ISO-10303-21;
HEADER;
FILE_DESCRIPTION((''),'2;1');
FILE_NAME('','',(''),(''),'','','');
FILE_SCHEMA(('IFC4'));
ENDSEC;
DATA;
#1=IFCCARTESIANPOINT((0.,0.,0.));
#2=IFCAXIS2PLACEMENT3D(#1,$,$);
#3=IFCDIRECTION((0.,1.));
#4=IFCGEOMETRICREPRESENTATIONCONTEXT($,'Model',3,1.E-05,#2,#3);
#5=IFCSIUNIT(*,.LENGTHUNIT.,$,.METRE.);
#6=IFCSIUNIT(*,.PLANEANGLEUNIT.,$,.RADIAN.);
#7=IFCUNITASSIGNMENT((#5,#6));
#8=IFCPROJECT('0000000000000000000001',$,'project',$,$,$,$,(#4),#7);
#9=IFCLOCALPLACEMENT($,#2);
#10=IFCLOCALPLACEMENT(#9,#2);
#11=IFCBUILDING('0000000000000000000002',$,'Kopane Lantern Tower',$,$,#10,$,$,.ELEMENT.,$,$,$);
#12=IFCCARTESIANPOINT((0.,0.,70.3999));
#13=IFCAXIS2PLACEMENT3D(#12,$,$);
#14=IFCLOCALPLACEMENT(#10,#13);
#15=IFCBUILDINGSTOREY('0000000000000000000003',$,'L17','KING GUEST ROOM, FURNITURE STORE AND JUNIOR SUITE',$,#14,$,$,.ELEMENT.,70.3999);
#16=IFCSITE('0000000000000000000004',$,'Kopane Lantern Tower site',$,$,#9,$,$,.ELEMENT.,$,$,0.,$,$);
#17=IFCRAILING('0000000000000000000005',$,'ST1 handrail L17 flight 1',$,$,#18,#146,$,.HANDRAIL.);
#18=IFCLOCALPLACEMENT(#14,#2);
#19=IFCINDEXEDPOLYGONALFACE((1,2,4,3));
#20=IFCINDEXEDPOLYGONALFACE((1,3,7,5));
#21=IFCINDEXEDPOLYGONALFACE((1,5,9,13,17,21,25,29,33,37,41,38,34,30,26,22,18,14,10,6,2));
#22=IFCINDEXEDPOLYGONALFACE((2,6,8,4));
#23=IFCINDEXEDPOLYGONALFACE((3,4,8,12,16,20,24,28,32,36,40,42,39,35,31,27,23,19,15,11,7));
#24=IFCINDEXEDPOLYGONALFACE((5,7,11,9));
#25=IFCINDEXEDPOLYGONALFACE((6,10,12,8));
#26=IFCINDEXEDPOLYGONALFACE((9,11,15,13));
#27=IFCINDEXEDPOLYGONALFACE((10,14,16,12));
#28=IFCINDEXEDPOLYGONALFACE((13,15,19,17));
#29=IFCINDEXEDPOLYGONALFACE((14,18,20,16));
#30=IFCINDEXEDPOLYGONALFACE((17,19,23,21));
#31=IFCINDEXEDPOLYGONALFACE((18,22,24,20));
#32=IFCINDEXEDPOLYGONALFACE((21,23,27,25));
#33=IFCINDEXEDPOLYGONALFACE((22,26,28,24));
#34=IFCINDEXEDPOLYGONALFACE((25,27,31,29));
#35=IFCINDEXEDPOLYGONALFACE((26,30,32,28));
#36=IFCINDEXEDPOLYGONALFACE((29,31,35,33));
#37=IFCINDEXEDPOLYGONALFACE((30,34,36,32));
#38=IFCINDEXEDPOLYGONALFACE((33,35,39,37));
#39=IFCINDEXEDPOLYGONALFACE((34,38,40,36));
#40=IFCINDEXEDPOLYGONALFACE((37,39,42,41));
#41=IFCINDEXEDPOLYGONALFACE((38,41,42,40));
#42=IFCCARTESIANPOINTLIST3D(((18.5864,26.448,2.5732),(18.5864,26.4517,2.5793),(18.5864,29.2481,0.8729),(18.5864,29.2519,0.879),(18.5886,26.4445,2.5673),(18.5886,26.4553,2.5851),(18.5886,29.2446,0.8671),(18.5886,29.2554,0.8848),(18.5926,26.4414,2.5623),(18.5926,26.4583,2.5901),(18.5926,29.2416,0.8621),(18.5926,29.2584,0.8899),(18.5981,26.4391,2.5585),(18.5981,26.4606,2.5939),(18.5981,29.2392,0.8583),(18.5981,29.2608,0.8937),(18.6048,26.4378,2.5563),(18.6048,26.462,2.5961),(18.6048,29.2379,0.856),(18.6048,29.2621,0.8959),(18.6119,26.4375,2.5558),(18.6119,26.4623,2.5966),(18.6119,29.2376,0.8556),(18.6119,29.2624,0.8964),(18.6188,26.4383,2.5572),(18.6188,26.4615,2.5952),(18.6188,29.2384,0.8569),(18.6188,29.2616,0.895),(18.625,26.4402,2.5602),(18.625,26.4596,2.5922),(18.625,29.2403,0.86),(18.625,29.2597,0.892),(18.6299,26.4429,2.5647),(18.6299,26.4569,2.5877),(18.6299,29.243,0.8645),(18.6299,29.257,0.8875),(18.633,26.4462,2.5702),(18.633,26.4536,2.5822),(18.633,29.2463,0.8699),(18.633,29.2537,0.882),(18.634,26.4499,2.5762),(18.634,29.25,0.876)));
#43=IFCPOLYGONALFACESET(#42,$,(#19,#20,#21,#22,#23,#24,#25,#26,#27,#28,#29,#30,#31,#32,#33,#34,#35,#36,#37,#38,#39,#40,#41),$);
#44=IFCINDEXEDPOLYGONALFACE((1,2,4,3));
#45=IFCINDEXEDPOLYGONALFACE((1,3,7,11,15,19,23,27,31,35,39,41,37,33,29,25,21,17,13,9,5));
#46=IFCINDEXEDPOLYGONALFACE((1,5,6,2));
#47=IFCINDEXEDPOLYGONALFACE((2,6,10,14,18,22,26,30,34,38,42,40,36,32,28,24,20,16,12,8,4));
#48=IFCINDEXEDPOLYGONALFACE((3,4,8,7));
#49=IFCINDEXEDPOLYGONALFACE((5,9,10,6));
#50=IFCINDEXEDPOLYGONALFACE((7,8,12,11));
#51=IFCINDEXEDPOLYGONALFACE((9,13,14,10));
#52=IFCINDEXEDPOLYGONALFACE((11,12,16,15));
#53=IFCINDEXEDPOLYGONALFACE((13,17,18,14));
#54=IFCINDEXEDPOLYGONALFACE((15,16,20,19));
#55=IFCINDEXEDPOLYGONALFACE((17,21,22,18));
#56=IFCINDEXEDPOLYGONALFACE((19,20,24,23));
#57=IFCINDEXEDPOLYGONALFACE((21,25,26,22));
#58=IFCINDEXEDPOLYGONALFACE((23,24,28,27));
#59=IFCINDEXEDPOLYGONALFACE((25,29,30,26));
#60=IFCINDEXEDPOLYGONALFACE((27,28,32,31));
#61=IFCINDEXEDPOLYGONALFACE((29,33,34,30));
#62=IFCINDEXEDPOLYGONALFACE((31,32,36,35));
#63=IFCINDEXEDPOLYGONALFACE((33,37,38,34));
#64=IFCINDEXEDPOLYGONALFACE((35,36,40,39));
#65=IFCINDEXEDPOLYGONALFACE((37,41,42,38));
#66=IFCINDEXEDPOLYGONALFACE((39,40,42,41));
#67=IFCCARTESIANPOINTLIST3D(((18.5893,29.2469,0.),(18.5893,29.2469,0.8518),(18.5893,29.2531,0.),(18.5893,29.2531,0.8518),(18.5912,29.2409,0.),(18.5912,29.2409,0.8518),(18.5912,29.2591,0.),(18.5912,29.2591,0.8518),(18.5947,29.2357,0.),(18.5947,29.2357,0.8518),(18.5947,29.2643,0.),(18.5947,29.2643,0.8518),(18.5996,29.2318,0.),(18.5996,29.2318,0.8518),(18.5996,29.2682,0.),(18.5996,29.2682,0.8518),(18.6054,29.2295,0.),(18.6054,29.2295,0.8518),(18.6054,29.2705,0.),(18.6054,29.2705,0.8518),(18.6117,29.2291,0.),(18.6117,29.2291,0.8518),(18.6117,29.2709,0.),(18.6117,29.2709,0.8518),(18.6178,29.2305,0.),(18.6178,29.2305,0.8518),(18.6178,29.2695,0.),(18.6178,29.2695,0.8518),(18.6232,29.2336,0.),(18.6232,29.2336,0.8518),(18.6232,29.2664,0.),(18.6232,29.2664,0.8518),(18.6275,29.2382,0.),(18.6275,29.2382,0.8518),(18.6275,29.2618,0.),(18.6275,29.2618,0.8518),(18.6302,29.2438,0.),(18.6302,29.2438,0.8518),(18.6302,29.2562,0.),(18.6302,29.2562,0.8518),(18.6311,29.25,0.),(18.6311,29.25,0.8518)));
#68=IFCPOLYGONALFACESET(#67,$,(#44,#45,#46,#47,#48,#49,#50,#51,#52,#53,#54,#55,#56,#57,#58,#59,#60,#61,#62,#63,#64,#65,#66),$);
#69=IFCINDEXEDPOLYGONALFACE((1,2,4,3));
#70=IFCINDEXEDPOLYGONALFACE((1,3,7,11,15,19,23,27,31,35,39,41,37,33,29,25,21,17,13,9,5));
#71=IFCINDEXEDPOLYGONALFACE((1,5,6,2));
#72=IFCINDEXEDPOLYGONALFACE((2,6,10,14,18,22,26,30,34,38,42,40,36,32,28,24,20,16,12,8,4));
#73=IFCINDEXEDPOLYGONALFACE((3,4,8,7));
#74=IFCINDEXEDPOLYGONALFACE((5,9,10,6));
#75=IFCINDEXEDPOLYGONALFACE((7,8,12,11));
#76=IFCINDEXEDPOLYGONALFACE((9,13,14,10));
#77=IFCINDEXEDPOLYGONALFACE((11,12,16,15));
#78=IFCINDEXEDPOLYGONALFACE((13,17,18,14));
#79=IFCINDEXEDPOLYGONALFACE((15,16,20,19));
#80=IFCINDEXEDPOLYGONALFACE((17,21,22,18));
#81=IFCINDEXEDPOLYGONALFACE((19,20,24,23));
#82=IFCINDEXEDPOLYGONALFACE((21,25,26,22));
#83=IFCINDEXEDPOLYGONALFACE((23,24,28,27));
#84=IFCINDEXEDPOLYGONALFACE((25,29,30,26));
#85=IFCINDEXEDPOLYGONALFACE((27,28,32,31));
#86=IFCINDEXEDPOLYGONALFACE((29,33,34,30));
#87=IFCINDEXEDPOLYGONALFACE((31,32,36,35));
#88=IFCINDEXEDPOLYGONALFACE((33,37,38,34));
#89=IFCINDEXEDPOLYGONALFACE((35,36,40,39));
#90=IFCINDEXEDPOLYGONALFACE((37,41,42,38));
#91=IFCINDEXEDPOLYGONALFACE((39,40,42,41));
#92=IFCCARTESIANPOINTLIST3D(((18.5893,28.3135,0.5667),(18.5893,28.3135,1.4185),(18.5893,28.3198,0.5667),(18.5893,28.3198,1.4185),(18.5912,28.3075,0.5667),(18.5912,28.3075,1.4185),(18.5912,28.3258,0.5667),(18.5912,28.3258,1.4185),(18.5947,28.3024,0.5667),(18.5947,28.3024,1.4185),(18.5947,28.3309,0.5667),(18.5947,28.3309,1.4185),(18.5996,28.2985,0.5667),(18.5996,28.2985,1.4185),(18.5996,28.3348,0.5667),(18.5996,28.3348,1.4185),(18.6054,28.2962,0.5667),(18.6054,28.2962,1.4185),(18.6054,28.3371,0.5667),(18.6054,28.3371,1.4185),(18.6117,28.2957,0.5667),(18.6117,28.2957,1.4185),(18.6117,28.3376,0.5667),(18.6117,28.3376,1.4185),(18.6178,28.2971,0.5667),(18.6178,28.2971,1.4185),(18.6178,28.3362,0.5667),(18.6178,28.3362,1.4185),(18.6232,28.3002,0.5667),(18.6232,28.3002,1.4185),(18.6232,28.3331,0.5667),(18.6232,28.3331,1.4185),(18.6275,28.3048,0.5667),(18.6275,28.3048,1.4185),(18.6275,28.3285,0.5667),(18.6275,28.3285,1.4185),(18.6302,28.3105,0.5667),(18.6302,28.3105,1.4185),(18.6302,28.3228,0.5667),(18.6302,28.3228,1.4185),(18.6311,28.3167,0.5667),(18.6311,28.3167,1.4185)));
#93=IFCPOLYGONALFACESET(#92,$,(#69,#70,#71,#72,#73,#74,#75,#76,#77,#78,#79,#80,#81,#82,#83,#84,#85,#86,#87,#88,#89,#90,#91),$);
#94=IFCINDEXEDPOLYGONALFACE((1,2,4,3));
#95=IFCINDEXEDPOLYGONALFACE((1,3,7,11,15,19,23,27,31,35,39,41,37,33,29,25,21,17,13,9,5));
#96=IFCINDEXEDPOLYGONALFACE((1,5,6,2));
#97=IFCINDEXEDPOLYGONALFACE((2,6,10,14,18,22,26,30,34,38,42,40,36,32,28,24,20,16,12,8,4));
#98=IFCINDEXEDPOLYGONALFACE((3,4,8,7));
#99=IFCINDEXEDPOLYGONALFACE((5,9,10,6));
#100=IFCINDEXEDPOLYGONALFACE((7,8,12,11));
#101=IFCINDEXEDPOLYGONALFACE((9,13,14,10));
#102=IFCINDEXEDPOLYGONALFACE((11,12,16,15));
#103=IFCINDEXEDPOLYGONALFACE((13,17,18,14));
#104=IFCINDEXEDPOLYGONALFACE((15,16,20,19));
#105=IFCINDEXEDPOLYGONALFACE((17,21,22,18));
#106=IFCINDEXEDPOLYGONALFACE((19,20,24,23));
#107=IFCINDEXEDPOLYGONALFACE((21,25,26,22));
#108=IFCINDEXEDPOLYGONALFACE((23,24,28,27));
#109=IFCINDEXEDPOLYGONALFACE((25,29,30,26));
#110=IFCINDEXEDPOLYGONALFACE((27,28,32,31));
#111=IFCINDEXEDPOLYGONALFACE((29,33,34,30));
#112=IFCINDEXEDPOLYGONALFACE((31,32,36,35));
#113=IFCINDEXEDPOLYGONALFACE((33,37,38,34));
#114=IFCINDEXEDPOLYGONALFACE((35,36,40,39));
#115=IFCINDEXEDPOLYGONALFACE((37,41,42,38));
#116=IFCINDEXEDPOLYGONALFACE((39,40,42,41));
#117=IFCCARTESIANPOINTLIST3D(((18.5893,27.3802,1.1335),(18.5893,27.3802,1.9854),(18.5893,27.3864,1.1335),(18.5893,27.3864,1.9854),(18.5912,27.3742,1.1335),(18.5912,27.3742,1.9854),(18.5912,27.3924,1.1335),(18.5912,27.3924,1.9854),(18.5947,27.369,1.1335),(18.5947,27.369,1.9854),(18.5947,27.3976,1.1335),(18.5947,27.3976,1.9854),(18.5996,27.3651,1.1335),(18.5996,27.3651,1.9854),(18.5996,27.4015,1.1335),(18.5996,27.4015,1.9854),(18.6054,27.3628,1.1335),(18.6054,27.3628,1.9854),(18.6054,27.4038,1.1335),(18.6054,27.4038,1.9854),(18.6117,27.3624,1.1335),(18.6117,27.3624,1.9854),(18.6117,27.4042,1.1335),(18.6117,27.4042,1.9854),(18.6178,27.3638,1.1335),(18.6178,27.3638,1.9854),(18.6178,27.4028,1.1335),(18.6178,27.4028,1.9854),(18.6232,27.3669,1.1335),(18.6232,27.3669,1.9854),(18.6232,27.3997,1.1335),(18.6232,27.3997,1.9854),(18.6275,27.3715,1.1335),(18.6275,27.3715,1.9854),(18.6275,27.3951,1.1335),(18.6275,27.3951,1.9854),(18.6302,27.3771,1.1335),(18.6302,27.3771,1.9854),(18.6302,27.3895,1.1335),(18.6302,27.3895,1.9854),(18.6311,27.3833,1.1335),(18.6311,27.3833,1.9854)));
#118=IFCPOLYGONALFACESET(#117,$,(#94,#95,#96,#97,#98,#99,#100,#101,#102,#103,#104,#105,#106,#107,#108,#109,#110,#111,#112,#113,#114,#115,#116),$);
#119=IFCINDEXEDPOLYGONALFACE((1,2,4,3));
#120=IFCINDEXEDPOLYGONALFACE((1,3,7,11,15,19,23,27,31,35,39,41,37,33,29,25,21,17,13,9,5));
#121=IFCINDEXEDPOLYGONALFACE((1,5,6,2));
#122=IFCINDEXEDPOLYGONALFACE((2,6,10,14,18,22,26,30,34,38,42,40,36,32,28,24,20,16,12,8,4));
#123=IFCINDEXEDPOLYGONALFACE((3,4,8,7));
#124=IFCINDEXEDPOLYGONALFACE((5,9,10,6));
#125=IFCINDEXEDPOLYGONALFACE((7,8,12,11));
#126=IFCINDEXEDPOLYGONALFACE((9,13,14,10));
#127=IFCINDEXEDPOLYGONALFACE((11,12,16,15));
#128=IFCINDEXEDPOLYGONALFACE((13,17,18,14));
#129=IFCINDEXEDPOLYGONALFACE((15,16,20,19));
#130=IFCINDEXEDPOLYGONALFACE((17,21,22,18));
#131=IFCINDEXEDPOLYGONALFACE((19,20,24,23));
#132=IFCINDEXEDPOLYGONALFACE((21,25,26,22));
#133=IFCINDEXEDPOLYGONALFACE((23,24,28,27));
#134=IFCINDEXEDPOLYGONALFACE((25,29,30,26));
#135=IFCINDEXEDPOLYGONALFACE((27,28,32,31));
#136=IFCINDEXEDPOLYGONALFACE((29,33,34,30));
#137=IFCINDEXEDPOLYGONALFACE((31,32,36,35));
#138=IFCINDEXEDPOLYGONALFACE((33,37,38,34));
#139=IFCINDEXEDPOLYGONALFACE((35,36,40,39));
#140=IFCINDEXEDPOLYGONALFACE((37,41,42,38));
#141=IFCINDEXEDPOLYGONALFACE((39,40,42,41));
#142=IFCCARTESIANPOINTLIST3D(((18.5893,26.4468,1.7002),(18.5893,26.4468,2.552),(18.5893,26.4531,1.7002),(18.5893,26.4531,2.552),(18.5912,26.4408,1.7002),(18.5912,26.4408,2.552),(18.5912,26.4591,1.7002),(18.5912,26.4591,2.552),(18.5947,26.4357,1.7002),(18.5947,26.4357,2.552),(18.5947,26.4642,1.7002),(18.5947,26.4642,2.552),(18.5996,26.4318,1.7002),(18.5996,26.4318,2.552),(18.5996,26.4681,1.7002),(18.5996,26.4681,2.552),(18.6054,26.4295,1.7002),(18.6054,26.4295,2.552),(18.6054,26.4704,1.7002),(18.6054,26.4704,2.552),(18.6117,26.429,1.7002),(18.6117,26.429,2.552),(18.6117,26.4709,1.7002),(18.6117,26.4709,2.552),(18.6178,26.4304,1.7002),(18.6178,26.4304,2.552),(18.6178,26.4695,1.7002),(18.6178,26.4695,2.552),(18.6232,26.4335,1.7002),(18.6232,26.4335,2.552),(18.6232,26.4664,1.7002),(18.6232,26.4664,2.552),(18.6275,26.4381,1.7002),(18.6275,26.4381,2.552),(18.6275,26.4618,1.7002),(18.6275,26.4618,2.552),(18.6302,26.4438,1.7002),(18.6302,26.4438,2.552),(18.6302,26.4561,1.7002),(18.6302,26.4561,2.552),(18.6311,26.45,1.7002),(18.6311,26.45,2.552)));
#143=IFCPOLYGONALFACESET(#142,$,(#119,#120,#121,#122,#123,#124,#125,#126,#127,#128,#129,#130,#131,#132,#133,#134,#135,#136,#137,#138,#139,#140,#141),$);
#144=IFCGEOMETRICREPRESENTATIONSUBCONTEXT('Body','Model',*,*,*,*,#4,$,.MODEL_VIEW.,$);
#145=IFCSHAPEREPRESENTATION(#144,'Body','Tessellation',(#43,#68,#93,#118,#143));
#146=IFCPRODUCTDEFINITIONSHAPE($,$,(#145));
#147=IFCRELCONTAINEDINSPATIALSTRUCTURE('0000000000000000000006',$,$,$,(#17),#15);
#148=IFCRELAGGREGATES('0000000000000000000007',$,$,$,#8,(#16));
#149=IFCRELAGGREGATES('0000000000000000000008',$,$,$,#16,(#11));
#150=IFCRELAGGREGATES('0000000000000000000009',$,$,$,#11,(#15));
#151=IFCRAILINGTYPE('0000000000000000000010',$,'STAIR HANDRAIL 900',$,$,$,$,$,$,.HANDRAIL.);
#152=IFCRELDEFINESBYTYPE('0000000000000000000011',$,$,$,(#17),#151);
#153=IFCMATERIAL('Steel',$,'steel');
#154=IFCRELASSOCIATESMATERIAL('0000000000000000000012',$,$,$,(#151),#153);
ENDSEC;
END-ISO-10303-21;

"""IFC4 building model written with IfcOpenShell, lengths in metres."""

from ifc_helpers import new_model, si_unit, direction, frame, origin, origin_2d, place, context, subcontext, project, spatial, circle, extrude, material, type_object, element, save


model = new_model("IFC4")

# Units and contexts
model_context = context("Model", 3, precision=1e-05, world=origin(), true_north=direction((0.0, 1.0)))
body_context = subcontext(model_context, "Body", "Model", "MODEL_VIEW")
ifc_project = project(units=[si_unit("LENGTHUNIT", "METRE"), si_unit("PLANEANGLEUNIT", "RADIAN")], contexts=[model_context])

# Site, building, storey
site_placement = place(None, origin())
site = spatial("IfcSite", under=ifc_project, at=site_placement, Name="Kopane Lantern Tower site", CompositionType="ELEMENT", RefElevation=0.0)
building_placement = place(site_placement, origin())
building = spatial("IfcBuilding", under=site, at=building_placement, Name="Kopane Lantern Tower", CompositionType="ELEMENT")
storey_placement = place(building_placement, frame((0.0, 0.0, 70.3999)))
storey = spatial("IfcBuildingStorey", under=building, at=storey_placement, Name="L17", Description="KING GUEST ROOM, FURNITURE STORE AND JUNIOR SUITE", CompositionType="ELEMENT", Elevation=70.3999)

# Railing
ifc_material_1 = material(Name="Steel", Category="steel")
railing_type_1 = type_object("IfcRailingType", Name="STAIR HANDRAIL 900", PredefinedType="HANDRAIL", material=ifc_material_1)
for number, where, name in (
    (1, (18.6101, 29.25, 0.0), "ST1 handrail L17 flight 1"),
):
    element("IfcRailing", number, at=place(storey_placement, frame(where)), inside=storey, type_object=railing_type_1, Name=name, PredefinedType="HANDRAIL", context=body_context, shape_type="SweptSolid", body=[
        extrude(circle(Radius=0.0239, at=origin_2d()), frame((0.0, 0.0, 0.876), z_axis=(0.0, -0.854765, 0.519015), x_axis=(1.0, 0.0, 0.0)), (0.0, 0.0, 1.0), 3.2759),
        extrude(circle(Radius=0.021, at=origin_2d()), origin(), (0.0, 0.0, 1.0), 0.8518),
        extrude(circle(Radius=0.021, at=origin_2d()), frame((0.0, -0.9333, 0.5667)), (0.0, 0.0, 1.0), 0.8518),
        extrude(circle(Radius=0.021, at=origin_2d()), frame((0.0, -1.8667, 1.1335)), (0.0, 0.0, 1.0), 0.8518),
        extrude(circle(Radius=0.021, at=origin_2d()), frame((0.0, -2.8, 1.7002)), (0.0, 0.0, 1.0), 0.8518),
    ])

save(model, "model.ifc")
